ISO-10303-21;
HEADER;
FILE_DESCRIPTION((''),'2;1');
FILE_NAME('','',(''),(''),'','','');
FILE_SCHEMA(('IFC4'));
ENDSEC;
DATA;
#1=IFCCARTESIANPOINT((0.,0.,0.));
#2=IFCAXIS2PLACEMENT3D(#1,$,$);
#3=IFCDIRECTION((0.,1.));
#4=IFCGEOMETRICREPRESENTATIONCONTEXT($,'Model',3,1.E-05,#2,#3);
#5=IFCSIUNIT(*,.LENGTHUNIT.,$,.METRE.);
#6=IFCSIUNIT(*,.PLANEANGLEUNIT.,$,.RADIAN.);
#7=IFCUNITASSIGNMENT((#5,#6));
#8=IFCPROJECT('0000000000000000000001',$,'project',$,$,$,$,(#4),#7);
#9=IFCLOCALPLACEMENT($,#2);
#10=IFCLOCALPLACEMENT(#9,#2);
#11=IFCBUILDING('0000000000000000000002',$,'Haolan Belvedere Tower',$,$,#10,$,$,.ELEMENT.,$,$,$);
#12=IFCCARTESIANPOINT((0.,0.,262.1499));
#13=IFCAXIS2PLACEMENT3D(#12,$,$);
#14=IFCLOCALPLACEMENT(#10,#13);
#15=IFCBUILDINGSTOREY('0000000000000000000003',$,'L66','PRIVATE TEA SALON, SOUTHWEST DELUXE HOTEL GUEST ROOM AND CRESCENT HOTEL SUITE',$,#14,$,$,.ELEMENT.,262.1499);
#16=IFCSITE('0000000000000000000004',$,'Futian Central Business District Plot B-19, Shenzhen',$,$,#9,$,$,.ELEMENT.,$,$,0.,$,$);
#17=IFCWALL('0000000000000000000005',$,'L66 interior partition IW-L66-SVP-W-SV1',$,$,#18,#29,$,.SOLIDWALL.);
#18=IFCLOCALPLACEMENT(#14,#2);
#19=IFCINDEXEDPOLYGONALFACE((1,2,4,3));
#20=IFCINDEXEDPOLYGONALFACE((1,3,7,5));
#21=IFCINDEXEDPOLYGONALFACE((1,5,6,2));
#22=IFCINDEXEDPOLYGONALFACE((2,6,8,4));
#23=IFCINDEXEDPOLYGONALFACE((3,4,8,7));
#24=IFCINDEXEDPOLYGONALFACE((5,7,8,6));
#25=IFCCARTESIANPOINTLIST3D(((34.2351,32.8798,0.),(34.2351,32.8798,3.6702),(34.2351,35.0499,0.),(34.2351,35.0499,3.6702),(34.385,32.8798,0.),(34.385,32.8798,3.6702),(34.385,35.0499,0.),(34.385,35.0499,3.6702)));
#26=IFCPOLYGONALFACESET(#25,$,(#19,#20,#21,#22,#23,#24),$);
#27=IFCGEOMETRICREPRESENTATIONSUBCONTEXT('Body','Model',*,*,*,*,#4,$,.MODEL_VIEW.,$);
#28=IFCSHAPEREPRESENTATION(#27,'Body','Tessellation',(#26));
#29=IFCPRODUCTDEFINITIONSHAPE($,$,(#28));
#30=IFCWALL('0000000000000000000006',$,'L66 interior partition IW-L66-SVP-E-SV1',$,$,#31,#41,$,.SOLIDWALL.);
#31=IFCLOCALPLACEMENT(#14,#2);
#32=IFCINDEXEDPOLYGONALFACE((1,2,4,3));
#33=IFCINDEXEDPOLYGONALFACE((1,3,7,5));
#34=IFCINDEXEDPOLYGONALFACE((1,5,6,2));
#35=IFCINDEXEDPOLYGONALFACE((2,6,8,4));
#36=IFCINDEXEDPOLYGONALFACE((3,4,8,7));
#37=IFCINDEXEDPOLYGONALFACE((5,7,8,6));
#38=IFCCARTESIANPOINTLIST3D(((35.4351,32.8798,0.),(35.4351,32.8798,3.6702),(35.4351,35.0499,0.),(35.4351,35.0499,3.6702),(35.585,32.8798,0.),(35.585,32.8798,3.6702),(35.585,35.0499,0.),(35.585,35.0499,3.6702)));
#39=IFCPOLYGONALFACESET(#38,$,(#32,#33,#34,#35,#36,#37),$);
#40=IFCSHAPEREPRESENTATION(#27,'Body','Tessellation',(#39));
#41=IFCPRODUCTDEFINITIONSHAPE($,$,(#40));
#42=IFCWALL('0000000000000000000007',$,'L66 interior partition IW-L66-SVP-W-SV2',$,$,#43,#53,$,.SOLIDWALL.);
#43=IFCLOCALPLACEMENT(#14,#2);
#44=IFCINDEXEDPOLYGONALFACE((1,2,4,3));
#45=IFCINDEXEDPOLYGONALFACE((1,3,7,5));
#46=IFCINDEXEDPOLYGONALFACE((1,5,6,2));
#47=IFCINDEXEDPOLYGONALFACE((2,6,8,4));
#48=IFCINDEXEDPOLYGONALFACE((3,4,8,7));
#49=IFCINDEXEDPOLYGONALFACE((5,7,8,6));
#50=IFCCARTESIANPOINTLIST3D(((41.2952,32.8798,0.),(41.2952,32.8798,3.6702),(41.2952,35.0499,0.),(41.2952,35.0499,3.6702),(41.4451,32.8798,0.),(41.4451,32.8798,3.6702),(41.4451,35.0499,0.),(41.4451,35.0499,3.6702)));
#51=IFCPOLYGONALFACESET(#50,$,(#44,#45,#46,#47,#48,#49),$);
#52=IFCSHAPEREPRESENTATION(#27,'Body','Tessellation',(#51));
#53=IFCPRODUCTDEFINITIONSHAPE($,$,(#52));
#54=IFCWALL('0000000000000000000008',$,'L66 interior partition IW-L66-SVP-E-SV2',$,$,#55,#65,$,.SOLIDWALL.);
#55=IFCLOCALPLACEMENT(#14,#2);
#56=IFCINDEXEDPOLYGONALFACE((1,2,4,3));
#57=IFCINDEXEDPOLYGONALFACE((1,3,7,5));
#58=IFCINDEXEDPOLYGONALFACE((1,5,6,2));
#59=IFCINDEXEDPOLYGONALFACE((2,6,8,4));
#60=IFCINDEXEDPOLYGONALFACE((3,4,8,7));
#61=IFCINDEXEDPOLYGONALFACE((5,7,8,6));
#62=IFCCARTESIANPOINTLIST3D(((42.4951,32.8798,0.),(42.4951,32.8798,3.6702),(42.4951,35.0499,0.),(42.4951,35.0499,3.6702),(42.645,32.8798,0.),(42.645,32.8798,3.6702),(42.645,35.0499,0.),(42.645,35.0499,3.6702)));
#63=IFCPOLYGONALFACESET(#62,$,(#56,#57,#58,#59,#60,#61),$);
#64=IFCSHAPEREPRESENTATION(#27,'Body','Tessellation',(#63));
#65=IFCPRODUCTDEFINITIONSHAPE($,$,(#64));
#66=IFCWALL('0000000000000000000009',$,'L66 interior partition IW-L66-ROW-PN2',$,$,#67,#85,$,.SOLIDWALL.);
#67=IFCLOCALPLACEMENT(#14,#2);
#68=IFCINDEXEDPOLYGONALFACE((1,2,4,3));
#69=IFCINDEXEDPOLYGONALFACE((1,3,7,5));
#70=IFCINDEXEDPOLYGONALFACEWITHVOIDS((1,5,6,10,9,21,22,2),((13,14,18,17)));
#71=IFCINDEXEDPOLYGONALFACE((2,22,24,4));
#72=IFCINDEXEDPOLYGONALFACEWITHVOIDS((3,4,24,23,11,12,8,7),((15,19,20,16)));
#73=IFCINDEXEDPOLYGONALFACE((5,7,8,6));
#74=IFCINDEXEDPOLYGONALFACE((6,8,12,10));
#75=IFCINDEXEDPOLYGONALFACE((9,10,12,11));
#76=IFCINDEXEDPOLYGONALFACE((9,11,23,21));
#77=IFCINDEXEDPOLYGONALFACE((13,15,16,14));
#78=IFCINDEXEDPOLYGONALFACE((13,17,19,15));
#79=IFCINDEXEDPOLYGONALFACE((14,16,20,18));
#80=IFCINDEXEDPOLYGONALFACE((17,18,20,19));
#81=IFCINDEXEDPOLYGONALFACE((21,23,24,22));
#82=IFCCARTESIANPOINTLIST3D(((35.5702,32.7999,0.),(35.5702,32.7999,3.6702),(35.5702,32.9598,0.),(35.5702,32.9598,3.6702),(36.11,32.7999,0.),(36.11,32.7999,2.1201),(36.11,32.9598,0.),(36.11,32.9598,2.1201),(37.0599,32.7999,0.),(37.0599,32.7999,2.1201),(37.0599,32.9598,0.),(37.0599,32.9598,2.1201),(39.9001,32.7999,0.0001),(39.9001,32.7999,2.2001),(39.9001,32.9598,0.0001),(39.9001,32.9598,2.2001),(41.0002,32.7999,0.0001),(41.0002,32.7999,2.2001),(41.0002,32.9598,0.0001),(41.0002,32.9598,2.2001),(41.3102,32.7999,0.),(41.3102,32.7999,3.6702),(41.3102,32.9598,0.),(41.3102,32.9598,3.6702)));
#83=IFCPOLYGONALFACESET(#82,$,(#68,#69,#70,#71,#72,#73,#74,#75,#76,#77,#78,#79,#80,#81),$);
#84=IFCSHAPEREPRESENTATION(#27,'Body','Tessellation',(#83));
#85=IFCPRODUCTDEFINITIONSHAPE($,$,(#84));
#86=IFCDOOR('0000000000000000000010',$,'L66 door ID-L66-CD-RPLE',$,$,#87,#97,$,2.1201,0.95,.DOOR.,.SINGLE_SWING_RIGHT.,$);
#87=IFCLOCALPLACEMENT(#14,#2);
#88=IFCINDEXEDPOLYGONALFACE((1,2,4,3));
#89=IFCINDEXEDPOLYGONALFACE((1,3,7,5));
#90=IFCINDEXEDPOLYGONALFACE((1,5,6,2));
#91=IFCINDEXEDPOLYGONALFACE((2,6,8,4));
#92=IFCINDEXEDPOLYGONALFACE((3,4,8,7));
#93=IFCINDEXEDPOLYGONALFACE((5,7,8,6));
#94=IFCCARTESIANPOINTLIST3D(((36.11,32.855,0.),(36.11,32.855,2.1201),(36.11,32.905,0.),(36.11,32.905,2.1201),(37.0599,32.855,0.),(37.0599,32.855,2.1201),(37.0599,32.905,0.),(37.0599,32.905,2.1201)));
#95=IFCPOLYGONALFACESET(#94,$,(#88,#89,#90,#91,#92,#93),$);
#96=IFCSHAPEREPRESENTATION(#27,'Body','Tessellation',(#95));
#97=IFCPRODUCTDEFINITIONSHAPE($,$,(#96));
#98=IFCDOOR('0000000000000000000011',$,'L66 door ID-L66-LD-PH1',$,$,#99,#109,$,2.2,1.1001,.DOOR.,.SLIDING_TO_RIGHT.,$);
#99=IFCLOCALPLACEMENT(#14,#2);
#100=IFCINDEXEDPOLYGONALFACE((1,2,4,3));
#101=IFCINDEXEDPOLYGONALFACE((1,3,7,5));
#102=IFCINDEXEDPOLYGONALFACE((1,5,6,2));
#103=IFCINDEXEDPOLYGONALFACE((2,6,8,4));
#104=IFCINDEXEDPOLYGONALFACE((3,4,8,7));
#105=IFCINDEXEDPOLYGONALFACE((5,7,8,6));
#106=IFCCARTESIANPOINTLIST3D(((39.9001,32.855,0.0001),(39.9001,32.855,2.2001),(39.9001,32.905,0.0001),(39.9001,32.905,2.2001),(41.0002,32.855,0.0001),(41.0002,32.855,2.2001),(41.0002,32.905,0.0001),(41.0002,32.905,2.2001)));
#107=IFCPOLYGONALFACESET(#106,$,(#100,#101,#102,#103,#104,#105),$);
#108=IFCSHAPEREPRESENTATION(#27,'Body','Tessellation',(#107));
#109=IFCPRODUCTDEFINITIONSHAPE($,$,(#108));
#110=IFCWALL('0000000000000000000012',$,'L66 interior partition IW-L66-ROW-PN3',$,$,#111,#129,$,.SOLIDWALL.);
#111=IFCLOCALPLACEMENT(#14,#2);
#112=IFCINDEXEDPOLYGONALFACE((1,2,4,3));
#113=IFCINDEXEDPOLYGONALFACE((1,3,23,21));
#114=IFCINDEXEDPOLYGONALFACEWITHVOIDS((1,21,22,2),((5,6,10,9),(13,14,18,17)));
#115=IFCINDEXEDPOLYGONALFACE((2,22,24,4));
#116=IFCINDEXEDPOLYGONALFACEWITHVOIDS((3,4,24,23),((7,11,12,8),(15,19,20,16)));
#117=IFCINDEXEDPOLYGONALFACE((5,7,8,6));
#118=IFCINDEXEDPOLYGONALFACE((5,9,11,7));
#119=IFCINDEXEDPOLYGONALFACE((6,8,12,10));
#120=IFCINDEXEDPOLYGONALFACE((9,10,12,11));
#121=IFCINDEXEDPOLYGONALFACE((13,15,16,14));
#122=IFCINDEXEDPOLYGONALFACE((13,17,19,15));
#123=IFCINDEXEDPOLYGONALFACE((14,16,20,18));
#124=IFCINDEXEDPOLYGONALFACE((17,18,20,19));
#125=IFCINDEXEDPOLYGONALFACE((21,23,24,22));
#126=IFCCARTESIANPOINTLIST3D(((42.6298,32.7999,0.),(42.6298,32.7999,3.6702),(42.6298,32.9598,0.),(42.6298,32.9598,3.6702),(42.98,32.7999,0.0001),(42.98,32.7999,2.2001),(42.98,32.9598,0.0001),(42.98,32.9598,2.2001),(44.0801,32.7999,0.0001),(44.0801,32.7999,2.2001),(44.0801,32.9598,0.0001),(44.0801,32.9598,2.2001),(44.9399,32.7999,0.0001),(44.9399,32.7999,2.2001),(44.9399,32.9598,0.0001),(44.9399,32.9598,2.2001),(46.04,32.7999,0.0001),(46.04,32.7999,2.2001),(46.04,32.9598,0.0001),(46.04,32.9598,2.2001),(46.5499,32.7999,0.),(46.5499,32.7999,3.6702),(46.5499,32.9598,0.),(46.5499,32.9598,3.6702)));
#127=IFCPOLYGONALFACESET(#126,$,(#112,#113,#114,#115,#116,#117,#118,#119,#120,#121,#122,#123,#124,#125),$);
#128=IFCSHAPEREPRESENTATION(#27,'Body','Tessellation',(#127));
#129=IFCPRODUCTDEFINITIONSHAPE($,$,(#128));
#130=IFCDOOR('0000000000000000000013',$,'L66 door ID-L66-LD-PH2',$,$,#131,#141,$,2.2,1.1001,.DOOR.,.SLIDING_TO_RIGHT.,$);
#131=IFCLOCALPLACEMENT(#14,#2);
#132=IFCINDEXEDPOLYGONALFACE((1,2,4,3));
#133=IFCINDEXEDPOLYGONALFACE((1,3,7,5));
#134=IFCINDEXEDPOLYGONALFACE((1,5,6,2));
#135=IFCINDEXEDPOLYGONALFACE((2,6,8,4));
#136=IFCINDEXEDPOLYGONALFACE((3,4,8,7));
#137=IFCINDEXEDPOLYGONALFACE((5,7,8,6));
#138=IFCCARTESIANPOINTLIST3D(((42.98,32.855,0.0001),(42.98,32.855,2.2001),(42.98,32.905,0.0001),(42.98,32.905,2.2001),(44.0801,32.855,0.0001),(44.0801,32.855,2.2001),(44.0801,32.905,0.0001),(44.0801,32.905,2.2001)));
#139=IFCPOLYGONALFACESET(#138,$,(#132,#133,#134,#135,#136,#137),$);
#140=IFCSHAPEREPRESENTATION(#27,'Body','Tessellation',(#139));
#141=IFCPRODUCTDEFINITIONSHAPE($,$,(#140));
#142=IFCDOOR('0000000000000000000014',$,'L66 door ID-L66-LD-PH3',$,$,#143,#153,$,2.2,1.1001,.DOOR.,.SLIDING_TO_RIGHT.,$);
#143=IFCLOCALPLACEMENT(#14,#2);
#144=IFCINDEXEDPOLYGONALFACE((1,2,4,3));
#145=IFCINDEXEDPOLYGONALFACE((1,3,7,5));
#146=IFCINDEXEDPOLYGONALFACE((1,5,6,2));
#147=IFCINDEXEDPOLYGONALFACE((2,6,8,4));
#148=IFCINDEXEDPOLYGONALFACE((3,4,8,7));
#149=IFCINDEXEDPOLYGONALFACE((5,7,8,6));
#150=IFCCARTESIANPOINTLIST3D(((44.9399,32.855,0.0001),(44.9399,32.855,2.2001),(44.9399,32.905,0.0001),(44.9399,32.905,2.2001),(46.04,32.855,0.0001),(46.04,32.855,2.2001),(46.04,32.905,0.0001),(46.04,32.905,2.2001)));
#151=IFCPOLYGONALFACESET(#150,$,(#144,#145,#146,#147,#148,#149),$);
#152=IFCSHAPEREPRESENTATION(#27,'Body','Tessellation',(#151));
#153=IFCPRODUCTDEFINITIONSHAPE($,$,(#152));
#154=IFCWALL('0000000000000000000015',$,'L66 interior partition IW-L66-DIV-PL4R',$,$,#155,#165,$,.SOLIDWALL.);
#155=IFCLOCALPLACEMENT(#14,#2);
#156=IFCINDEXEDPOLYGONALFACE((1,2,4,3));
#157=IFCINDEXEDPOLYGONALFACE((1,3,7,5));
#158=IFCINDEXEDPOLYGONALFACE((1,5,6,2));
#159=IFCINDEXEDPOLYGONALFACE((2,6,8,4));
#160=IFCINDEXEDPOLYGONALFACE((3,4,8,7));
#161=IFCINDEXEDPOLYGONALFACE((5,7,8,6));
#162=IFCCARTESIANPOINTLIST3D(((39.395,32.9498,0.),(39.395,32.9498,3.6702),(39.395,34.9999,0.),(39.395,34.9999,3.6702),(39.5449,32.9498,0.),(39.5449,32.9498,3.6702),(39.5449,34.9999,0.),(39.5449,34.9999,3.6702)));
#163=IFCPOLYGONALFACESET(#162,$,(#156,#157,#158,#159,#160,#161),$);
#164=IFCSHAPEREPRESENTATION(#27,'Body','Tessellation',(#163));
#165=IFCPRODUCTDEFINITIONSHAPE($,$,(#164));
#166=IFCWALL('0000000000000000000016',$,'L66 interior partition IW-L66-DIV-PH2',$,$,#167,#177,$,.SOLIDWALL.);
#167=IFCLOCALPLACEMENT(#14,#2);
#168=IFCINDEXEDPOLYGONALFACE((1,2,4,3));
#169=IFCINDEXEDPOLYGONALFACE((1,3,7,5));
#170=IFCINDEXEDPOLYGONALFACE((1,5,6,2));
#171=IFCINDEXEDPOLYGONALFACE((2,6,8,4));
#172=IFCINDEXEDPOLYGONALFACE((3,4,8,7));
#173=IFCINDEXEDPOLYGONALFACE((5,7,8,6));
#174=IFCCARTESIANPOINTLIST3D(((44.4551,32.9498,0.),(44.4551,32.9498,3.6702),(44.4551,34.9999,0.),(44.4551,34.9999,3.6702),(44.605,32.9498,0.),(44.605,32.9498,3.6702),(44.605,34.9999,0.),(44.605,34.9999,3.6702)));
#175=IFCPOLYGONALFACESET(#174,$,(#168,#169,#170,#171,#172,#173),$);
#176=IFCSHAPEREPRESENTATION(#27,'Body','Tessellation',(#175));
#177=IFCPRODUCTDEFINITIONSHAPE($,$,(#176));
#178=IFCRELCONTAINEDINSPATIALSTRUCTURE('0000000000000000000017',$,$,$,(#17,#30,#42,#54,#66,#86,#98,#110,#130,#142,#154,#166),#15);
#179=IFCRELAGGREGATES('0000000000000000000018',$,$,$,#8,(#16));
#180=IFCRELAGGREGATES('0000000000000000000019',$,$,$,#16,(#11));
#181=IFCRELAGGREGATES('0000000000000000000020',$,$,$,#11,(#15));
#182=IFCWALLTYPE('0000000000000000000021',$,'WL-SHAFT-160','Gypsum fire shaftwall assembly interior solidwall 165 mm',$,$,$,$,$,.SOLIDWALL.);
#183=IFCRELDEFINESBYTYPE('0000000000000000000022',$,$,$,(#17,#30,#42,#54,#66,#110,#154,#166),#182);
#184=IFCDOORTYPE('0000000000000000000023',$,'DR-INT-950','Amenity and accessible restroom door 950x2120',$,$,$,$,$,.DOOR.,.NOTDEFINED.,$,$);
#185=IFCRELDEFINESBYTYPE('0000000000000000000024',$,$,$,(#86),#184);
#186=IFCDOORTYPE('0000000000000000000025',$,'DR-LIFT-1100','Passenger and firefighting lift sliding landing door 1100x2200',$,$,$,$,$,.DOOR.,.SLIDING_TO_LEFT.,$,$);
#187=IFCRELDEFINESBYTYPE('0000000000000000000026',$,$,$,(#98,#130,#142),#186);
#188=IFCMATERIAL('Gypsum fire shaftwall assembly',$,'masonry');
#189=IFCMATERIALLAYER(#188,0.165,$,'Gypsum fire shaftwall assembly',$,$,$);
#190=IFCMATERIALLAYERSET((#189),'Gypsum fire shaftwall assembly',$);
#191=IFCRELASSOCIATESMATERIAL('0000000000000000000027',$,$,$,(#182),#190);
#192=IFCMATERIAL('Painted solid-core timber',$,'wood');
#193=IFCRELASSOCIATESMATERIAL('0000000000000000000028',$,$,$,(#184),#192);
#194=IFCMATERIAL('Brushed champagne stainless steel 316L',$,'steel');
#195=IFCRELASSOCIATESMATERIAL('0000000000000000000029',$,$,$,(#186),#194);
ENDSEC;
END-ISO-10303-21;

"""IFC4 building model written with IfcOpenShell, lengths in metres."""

from ifc_helpers import new_model, si_unit, direction, frame, frame_2d, origin, place, context, subcontext, project, spatial, rectangle, extrude, material, layer, layer_set, type_object, element, fill, save


model = new_model("IFC4")

# Units and contexts
model_context = context("Model", 3, precision=1e-05, world=origin(), true_north=direction((0.0, 1.0)))
body_context = subcontext(model_context, "Body", "Model", "MODEL_VIEW")
ifc_project = project(units=[si_unit("LENGTHUNIT", "METRE"), si_unit("PLANEANGLEUNIT", "RADIAN")], contexts=[model_context])

# Site, building, storey
site_placement = place(None, origin())
site = spatial("IfcSite", under=ifc_project, at=site_placement, Name="Futian Central Business District Plot B-19, Shenzhen", CompositionType="ELEMENT", RefElevation=0.0)
building_placement = place(site_placement, origin())
building = spatial("IfcBuilding", under=site, at=building_placement, Name="Haolan Belvedere Tower", CompositionType="ELEMENT")
storey_placement = place(building_placement, frame((0.0, 0.0, 262.1499)))
storey = spatial("IfcBuildingStorey", under=building, at=storey_placement, Name="L66", Description="PRIVATE TEA SALON, SOUTHWEST DELUXE HOTEL GUEST ROOM AND CRESCENT HOTEL SUITE", CompositionType="ELEMENT", Elevation=262.1499)

# Walls
ifc_material_1 = material(Name="Gypsum fire shaftwall assembly", Category="masonry")
ifc_layer_1 = layer(ifc_material_1, 0.165, Name="Gypsum fire shaftwall assembly")
ifc_layer_set_1 = layer_set([ifc_layer_1], Name="Gypsum fire shaftwall assembly")
wall_type_1 = type_object("IfcWallType", Name="WL-SHAFT-160", Description="Gypsum fire shaftwall assembly interior solidwall 165 mm", PredefinedType="SOLIDWALL", material=ifc_layer_set_1)
for number, where, z_axis, x_axis, name in (
    (1, (34.3101, 32.8799, 0.0), (0.0, 0.0, 1.0), (0.0, 1.0, 0.0), "L66 interior partition IW-L66-SVP-W-SV1"),
    (2, (35.51, 32.8799, 0.0), (0.0, 0.0, 1.0), (0.0, 1.0, 0.0), "L66 interior partition IW-L66-SVP-E-SV1"),
    (3, (41.3701, 32.8799, 0.0), (0.0, 0.0, 1.0), (0.0, 1.0, 0.0), "L66 interior partition IW-L66-SVP-W-SV2"),
    (4, (42.5701, 32.8799, 0.0), (0.0, 0.0, 1.0), (0.0, 1.0, 0.0), "L66 interior partition IW-L66-SVP-E-SV2"),
):
    element("IfcWall", number, at=place(storey_placement, frame(where, z_axis=z_axis, x_axis=x_axis)), inside=storey, type_object=wall_type_1, Name=name, PredefinedType="SOLIDWALL", context=body_context, shape_type="SweptSolid", body=[
        extrude(rectangle(XDim=2.1702, YDim=0.1499, at=frame_2d((1.085, 0.0))), origin(), (0.0, 0.0, 1.0), 3.6702),
    ])

# Walls, openings, doors
wall_1_placement = place(storey_placement, frame((35.5701, 32.8799, 0.0), z_axis=(0.0, 0.0, 1.0), x_axis=(1.0, 0.0, 0.0)))
wall_1 = element("IfcWall", 5, at=wall_1_placement, inside=storey, type_object=wall_type_1, Name="L66 interior partition IW-L66-ROW-PN2", PredefinedType="SOLIDWALL", context=body_context, shape_type="SweptSolid", body=[
    extrude(rectangle(XDim=5.74, YDim=0.1599, at=frame_2d((2.8701, 0.0))), origin(), (0.0, 0.0, 1.0), 3.6702),
])
opening_1_placement = place(wall_1_placement, frame((1.49, 0.0, 0.0), z_axis=(0.0, 0.0, 1.0), x_axis=(-1.0, 0.0, 0.0)))
opening_1 = element("IfcOpeningElement", 6, at=opening_1_placement, cuts=wall_1, PredefinedType="OPENING", context=body_context, shape_type="SweptSolid", body=[
    extrude(rectangle(XDim=0.95, YDim=2.1201, at=frame_2d((0.4751, 1.0601))), frame((0.0, 0.0898, 0.0), z_axis=(0.0, -1.0, 0.0), x_axis=(1.0, 0.0, 0.0)), (0.0, 0.0, 1.0), 0.1799),
])
opening_2_placement = place(wall_1_placement, frame((5.4302, 0.0, 0.0), z_axis=(0.0, 0.0, 1.0), x_axis=(-1.0, 0.0, 0.0)))
opening_2 = element("IfcOpeningElement", 7, at=opening_2_placement, cuts=wall_1, PredefinedType="OPENING", context=body_context, shape_type="SweptSolid", body=[
    extrude(rectangle(XDim=1.1001, YDim=2.2, at=frame_2d((0.55, 1.1001))), frame((0.0, 0.0898, 0.0), z_axis=(0.0, -1.0, 0.0), x_axis=(1.0, 0.0, 0.0)), (0.0, 0.0, 1.0), 0.1799),
])
ifc_material_2 = material(Name="Painted solid-core timber", Category="wood")
door_type_1 = type_object("IfcDoorType", Name="DR-INT-950", Description="Amenity and accessible restroom door 950x2120", OperationType="NOTDEFINED", PredefinedType="DOOR", material=ifc_material_2)
door_1_placement = place(opening_1_placement, origin())
door_1 = element("IfcDoor", 8, at=door_1_placement, inside=storey, type_object=door_type_1, Name="L66 door ID-L66-CD-RPLE", OperationType="SINGLE_SWING_RIGHT", OverallHeight=2.1201, OverallWidth=0.95, PredefinedType="DOOR", context=body_context, shape_type="SweptSolid", body=[
    extrude(rectangle(XDim=0.95, YDim=2.1201, at=frame_2d((0.4751, 1.0601))), frame((0.0, 0.0249, 0.0), z_axis=(0.0, -1.0, 0.0), x_axis=(1.0, 0.0, 0.0)), (0.0, 0.0, 1.0), 0.05),
])
fill(opening_1, door_1)
ifc_material_3 = material(Name="Brushed champagne stainless steel 316L", Category="steel")
door_type_2 = type_object("IfcDoorType", Name="DR-LIFT-1100", Description="Passenger and firefighting lift sliding landing door 1100x2200", OperationType="SLIDING_TO_LEFT", PredefinedType="DOOR", material=ifc_material_3)
door_2_placement = place(opening_2_placement, origin())
door_2 = element("IfcDoor", 9, at=door_2_placement, inside=storey, type_object=door_type_2, Name="L66 door ID-L66-LD-PH1", OperationType="SLIDING_TO_RIGHT", OverallHeight=2.2, OverallWidth=1.1001, PredefinedType="DOOR", context=body_context, shape_type="SweptSolid", body=[
    extrude(rectangle(XDim=1.1001, YDim=2.2, at=frame_2d((0.55, 1.1001))), frame((0.0, 0.0249, 0.0), z_axis=(0.0, -1.0, 0.0), x_axis=(1.0, 0.0, 0.0)), (0.0, 0.0, 1.0), 0.05),
])
fill(opening_2, door_2)
wall_2_placement = place(storey_placement, frame((42.6299, 32.8799, 0.0), z_axis=(0.0, 0.0, 1.0), x_axis=(1.0, 0.0, 0.0)))
wall_2 = element("IfcWall", 10, at=wall_2_placement, inside=storey, type_object=wall_type_1, Name="L66 interior partition IW-L66-ROW-PN3", PredefinedType="SOLIDWALL", context=body_context, shape_type="SweptSolid", body=[
    extrude(rectangle(XDim=3.9202, YDim=0.1599, at=frame_2d((1.96, 0.0))), origin(), (0.0, 0.0, 1.0), 3.6702),
])
opening_3_placement = place(wall_2_placement, frame((1.4502, 0.0, 0.0), z_axis=(0.0, 0.0, 1.0), x_axis=(-1.0, 0.0, 0.0)))
opening_3 = element("IfcOpeningElement", 11, at=opening_3_placement, cuts=wall_2, PredefinedType="OPENING", context=body_context, shape_type="SweptSolid", body=[
    extrude(rectangle(XDim=1.1001, YDim=2.2, at=frame_2d((0.55, 1.1001))), frame((0.0, 0.0898, 0.0), z_axis=(0.0, -1.0, 0.0), x_axis=(1.0, 0.0, 0.0)), (0.0, 0.0, 1.0), 0.1799),
])
opening_4_placement = place(wall_2_placement, frame((3.4102, 0.0, 0.0), z_axis=(0.0, 0.0, 1.0), x_axis=(-1.0, 0.0, 0.0)))
opening_4 = element("IfcOpeningElement", 12, at=opening_4_placement, cuts=wall_2, PredefinedType="OPENING", context=body_context, shape_type="SweptSolid", body=[
    extrude(rectangle(XDim=1.1001, YDim=2.2, at=frame_2d((0.55, 1.1001))), frame((0.0, 0.0898, 0.0), z_axis=(0.0, -1.0, 0.0), x_axis=(1.0, 0.0, 0.0)), (0.0, 0.0, 1.0), 0.1799),
])
door_3_placement = place(opening_3_placement, origin())
door_3 = element("IfcDoor", 13, at=door_3_placement, inside=storey, type_object=door_type_2, Name="L66 door ID-L66-LD-PH2", OperationType="SLIDING_TO_RIGHT", OverallHeight=2.2, OverallWidth=1.1001, PredefinedType="DOOR", context=body_context, shape_type="SweptSolid", body=[
    extrude(rectangle(XDim=1.1001, YDim=2.2, at=frame_2d((0.55, 1.1001))), frame((0.0, 0.0249, 0.0), z_axis=(0.0, -1.0, 0.0), x_axis=(1.0, 0.0, 0.0)), (0.0, 0.0, 1.0), 0.05),
])
fill(opening_3, door_3)
door_4_placement = place(opening_4_placement, origin())
door_4 = element("IfcDoor", 14, at=door_4_placement, inside=storey, type_object=door_type_2, Name="L66 door ID-L66-LD-PH3", OperationType="SLIDING_TO_RIGHT", OverallHeight=2.2, OverallWidth=1.1001, PredefinedType="DOOR", context=body_context, shape_type="SweptSolid", body=[
    extrude(rectangle(XDim=1.1001, YDim=2.2, at=frame_2d((0.55, 1.1001))), frame((0.0, 0.0249, 0.0), z_axis=(0.0, -1.0, 0.0), x_axis=(1.0, 0.0, 0.0)), (0.0, 0.0, 1.0), 0.05),
])
fill(opening_4, door_4)

# Walls
for number, where, z_axis, x_axis, name in (
    (15, (39.47, 32.95, 0.0), (0.0, 0.0, 1.0), (0.0, 1.0, 0.0), "L66 interior partition IW-L66-DIV-PL4R"),
    (16, (44.53, 32.95, 0.0), (0.0, 0.0, 1.0), (0.0, 1.0, 0.0), "L66 interior partition IW-L66-DIV-PH2"),
):
    element("IfcWall", number, at=place(storey_placement, frame(where, z_axis=z_axis, x_axis=x_axis)), inside=storey, type_object=wall_type_1, Name=name, PredefinedType="SOLIDWALL", context=body_context, shape_type="SweptSolid", body=[
        extrude(rectangle(XDim=2.05, YDim=0.1499, at=frame_2d((1.0249, 0.0))), origin(), (0.0, 0.0, 1.0), 3.6702),
    ])

save(model, "model.ifc")
